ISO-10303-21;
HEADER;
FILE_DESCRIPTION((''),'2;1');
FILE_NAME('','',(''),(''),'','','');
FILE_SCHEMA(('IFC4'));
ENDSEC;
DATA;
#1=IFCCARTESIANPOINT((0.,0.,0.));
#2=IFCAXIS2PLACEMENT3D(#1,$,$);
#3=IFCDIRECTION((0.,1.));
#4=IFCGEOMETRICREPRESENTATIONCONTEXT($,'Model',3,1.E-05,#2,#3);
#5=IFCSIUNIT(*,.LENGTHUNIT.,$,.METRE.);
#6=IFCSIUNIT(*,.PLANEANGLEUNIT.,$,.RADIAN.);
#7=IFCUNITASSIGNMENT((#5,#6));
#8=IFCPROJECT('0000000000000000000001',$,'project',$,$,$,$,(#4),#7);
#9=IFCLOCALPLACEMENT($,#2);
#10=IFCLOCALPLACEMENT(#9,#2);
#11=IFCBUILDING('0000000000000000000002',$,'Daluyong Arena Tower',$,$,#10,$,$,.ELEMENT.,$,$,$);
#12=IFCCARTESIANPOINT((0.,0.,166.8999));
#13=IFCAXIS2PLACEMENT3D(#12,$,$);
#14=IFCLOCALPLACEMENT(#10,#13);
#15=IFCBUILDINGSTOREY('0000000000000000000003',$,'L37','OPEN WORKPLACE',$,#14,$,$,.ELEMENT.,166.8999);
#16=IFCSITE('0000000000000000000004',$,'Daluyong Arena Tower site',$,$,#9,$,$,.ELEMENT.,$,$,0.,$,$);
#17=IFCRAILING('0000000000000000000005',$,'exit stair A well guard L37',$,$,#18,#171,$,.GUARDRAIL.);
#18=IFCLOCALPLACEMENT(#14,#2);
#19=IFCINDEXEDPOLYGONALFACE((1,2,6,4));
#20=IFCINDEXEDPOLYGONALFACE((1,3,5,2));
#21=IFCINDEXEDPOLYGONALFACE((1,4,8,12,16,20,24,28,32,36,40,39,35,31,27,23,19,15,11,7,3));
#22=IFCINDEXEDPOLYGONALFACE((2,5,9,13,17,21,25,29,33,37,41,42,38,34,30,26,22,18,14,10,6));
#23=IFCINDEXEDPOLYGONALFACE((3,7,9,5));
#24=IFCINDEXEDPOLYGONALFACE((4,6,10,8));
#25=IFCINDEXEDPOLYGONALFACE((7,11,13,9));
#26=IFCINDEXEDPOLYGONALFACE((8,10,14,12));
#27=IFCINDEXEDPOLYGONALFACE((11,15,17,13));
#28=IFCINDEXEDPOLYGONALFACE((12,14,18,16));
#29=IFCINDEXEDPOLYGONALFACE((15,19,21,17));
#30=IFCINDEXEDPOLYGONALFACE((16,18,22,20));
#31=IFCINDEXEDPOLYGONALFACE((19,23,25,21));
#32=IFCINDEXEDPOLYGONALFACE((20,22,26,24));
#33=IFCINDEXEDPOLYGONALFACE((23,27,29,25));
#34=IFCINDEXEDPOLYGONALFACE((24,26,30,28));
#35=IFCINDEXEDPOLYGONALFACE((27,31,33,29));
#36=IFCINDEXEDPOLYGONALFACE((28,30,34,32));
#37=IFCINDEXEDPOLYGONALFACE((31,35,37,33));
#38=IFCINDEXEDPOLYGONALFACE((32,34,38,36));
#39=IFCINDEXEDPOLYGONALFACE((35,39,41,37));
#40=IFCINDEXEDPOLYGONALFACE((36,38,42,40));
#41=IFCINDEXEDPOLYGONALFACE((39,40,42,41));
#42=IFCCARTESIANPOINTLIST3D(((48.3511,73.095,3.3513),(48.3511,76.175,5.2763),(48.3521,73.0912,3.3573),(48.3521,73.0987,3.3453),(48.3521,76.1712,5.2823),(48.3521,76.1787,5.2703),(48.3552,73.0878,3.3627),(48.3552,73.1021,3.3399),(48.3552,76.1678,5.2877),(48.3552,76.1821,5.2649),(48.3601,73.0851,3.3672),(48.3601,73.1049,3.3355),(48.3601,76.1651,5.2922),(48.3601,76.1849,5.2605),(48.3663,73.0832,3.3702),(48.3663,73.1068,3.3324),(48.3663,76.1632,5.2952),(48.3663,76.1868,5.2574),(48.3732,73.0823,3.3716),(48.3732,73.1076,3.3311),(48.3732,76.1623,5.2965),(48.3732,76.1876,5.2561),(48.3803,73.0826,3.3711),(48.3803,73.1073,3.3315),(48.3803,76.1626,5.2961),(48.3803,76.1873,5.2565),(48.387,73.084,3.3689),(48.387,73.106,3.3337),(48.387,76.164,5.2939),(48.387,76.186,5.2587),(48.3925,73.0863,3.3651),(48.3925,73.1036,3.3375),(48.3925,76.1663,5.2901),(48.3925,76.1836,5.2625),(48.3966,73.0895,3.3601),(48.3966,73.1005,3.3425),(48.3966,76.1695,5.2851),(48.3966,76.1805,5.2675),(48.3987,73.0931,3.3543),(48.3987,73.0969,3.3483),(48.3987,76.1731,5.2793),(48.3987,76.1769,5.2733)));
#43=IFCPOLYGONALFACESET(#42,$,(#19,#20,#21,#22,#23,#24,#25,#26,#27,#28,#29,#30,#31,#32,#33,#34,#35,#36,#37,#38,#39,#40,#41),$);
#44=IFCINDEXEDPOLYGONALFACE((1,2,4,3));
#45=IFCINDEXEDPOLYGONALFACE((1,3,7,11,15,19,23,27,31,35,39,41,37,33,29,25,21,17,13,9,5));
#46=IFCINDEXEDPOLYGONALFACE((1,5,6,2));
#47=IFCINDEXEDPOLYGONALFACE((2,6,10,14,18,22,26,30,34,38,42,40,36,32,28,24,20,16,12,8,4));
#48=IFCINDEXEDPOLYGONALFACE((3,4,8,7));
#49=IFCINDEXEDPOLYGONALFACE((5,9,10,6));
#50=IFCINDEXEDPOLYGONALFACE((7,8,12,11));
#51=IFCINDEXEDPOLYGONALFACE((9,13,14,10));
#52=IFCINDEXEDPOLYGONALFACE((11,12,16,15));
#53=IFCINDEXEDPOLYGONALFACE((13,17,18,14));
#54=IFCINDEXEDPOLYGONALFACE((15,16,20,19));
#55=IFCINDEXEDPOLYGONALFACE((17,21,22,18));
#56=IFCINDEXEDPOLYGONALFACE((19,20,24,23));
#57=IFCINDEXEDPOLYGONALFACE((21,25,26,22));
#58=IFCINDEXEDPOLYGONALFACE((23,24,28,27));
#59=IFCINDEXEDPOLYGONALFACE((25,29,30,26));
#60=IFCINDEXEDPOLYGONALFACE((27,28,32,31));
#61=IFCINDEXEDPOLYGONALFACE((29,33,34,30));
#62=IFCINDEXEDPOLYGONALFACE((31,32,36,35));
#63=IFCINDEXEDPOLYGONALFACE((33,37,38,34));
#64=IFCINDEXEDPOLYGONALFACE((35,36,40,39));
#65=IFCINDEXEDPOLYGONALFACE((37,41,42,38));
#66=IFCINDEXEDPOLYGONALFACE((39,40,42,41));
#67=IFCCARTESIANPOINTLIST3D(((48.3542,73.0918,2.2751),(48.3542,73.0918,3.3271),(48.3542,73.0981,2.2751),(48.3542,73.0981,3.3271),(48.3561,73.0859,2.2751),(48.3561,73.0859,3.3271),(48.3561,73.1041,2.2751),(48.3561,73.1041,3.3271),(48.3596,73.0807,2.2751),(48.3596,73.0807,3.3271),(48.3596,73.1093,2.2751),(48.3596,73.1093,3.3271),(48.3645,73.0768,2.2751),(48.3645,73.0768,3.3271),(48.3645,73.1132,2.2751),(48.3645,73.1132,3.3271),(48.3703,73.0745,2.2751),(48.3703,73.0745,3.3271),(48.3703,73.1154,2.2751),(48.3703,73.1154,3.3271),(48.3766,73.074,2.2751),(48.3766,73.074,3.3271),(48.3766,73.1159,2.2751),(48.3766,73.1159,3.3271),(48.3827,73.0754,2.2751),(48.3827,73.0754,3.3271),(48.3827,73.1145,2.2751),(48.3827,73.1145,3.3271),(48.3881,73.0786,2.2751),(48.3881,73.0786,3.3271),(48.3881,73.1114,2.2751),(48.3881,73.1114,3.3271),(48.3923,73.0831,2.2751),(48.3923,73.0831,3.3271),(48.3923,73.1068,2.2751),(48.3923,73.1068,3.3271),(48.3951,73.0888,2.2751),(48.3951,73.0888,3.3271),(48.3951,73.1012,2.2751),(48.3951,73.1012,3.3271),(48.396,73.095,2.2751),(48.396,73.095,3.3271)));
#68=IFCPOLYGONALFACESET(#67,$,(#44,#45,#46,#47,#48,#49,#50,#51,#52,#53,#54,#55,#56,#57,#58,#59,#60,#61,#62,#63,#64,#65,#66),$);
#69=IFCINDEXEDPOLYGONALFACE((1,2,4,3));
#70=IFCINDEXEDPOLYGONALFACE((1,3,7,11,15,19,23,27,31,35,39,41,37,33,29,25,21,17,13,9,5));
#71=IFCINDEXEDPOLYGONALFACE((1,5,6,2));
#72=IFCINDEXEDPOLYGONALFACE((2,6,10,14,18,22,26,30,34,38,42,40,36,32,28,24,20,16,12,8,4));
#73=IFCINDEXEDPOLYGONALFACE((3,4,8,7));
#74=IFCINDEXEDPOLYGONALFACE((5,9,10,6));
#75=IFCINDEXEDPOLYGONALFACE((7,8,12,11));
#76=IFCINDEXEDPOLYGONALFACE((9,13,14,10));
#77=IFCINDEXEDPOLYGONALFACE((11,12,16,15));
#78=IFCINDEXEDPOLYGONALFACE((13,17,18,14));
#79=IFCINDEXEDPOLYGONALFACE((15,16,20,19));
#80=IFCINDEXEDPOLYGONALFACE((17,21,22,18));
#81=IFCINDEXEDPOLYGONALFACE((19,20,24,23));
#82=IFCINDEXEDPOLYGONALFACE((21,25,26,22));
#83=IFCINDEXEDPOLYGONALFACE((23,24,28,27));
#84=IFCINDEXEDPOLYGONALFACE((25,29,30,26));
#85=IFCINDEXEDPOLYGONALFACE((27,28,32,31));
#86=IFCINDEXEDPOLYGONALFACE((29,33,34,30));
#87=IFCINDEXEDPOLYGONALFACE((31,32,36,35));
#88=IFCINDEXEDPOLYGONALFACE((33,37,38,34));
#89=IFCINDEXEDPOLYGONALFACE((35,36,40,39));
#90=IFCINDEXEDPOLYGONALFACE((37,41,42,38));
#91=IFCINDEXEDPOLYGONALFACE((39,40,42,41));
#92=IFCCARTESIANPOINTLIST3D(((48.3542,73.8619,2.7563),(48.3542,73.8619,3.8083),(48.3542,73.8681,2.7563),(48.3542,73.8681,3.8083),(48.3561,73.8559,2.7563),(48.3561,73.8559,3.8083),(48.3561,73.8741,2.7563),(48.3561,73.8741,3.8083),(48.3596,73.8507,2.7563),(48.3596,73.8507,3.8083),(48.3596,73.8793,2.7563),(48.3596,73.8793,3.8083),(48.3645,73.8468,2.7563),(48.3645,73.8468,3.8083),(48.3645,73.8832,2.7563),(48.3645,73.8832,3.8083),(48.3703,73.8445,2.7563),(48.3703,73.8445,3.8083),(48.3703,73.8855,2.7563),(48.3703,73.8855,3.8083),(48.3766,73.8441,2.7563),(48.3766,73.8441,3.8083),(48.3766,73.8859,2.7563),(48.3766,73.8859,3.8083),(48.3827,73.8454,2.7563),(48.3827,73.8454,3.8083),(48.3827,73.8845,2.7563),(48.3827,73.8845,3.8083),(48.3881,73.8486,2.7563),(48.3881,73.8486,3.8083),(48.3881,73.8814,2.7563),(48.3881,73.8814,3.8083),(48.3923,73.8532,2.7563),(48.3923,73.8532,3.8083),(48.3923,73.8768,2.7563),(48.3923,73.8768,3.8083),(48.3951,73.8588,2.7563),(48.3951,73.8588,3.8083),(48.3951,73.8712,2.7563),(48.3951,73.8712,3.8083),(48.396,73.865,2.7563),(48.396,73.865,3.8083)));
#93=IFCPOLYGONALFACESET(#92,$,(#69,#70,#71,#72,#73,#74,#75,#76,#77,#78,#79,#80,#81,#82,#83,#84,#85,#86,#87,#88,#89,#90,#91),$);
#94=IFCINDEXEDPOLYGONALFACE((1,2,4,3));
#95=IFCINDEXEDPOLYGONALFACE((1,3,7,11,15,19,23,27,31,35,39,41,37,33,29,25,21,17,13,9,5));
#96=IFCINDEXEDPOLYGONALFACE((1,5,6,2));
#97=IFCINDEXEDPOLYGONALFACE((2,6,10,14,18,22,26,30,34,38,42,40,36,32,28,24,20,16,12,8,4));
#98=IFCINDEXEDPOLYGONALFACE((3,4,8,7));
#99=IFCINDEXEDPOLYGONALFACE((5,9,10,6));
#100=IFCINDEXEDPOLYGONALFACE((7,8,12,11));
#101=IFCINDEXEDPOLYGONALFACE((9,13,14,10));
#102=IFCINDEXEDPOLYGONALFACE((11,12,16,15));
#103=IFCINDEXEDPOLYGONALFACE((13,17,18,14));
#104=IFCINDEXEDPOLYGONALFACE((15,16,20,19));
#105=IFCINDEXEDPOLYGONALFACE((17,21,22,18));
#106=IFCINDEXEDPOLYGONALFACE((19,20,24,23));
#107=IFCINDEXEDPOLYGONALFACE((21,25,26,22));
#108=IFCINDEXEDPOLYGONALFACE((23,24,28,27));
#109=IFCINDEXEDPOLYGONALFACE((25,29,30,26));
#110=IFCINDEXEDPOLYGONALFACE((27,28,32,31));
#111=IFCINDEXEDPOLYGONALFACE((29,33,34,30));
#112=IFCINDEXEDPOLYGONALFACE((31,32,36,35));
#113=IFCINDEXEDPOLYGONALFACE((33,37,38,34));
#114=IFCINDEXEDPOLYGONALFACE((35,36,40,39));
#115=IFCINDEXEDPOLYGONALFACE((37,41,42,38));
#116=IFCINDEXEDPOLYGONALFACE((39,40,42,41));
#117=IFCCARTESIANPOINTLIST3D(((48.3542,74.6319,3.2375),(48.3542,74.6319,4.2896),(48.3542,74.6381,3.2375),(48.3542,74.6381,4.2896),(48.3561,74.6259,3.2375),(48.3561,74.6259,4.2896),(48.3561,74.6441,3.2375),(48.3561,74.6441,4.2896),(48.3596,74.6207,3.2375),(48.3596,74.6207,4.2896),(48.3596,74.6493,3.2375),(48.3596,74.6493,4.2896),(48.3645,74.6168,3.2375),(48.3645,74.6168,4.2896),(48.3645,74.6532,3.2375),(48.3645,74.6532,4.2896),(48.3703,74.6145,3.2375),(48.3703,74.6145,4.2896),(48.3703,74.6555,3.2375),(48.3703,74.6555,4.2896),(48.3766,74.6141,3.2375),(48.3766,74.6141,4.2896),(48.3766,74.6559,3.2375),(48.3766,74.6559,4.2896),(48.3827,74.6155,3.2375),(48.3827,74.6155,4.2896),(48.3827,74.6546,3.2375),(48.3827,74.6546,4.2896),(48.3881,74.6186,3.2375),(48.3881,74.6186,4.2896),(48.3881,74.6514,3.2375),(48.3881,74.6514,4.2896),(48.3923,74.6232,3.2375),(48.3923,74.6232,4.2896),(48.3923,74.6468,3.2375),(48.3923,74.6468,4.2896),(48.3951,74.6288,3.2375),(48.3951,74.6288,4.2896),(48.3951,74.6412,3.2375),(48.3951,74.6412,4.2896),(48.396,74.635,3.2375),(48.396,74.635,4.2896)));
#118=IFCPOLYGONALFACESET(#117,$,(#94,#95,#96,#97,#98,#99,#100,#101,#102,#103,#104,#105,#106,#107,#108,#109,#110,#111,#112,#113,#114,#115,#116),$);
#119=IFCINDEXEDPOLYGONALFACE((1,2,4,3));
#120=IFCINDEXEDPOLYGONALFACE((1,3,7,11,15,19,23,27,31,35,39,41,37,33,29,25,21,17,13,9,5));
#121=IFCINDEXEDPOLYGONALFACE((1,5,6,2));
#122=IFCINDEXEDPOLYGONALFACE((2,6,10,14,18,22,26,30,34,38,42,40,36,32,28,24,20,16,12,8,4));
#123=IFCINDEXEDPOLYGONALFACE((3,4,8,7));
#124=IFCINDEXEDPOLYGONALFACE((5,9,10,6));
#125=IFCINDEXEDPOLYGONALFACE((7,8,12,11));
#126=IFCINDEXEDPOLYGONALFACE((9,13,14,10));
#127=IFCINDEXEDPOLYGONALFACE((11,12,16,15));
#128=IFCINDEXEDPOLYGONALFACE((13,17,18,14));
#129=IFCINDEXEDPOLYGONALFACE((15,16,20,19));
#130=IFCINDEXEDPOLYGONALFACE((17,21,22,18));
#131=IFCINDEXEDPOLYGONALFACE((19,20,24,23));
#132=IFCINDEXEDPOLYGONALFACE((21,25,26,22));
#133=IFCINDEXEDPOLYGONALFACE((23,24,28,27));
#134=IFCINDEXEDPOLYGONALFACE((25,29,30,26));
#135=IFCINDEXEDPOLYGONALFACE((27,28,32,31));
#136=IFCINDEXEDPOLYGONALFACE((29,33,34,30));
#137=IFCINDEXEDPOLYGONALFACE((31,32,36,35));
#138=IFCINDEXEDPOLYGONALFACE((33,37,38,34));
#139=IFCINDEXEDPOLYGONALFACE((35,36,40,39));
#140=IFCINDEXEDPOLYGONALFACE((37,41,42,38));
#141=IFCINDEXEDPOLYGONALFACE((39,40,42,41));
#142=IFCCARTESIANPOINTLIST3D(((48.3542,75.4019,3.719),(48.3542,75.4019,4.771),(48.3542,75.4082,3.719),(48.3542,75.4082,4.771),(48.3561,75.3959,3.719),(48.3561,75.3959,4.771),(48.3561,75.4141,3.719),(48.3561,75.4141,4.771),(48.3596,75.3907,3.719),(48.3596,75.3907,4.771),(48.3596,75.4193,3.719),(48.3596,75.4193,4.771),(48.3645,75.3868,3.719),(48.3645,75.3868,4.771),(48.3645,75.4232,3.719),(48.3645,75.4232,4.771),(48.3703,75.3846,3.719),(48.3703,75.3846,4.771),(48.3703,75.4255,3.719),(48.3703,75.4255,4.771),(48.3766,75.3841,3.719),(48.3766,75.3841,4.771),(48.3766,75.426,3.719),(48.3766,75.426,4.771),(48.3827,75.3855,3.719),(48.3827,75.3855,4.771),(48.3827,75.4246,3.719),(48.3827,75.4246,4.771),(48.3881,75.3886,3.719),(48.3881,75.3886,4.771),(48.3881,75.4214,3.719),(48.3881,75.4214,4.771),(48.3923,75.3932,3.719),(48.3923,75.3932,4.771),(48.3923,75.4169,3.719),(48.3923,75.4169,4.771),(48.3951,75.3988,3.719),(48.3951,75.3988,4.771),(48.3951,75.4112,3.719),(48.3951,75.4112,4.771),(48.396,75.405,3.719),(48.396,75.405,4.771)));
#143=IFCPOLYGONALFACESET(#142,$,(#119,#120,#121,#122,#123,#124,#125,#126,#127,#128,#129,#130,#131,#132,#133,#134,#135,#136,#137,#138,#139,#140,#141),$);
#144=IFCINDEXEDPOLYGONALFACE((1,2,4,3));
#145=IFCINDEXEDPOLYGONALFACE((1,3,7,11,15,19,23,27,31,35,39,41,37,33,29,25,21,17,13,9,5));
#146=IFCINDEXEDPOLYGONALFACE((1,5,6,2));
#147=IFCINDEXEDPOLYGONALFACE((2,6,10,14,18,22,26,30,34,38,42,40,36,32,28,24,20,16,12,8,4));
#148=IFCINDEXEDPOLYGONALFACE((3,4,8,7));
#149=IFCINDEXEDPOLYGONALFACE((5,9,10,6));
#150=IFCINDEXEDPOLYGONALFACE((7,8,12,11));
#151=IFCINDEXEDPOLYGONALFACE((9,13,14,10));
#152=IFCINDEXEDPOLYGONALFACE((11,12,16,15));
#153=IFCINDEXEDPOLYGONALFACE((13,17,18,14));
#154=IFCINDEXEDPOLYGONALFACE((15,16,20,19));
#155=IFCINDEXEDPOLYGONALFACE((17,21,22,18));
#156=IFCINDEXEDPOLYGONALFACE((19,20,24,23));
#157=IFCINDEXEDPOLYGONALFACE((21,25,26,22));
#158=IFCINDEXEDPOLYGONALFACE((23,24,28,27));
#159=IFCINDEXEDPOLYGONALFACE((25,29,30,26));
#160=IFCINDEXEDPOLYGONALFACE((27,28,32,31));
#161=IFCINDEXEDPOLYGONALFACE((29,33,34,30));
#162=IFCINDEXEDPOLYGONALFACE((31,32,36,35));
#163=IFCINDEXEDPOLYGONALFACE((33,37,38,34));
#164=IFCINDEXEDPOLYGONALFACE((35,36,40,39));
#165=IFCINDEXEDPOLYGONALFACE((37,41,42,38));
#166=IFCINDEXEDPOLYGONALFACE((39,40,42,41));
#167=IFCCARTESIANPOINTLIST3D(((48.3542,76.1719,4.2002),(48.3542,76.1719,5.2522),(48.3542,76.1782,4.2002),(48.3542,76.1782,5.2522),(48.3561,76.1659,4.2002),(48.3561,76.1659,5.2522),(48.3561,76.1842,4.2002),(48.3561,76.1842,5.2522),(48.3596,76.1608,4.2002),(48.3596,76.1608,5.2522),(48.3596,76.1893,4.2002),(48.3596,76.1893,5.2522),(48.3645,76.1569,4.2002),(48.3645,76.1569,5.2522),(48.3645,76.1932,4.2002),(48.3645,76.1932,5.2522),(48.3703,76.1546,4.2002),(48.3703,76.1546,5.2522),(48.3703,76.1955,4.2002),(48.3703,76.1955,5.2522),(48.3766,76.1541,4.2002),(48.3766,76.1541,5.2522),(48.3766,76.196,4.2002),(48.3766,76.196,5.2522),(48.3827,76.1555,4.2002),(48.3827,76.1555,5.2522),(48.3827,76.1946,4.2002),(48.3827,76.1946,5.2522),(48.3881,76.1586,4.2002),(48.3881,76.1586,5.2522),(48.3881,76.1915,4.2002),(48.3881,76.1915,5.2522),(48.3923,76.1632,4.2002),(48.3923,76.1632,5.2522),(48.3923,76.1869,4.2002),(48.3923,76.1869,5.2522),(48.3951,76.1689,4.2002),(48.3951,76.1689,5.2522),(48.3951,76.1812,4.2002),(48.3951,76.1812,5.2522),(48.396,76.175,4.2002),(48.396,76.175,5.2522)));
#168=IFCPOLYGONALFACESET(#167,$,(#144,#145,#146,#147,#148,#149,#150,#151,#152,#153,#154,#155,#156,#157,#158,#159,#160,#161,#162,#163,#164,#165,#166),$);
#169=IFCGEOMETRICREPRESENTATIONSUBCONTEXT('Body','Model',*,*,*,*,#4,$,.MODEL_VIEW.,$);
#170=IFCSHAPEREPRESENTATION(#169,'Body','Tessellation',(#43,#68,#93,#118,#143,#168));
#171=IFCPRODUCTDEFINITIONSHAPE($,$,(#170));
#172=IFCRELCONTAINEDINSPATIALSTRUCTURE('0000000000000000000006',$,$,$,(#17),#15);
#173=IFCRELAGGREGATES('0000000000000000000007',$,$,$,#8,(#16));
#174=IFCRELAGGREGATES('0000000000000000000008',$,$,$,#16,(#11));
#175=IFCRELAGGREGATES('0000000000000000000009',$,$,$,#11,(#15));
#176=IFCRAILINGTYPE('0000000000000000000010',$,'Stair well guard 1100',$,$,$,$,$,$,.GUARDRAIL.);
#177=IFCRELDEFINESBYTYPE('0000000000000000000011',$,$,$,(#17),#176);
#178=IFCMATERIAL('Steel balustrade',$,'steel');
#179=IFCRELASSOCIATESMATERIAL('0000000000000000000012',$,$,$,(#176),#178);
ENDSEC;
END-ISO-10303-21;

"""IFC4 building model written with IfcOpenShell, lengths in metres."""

from ifc_helpers import new_model, si_unit, direction, frame, origin, origin_2d, place, context, subcontext, project, spatial, circle, extrude, material, type_object, element, save


model = new_model("IFC4")

# Units and contexts
model_context = context("Model", 3, precision=1e-05, world=origin(), true_north=direction((0.0, 1.0)))
body_context = subcontext(model_context, "Body", "Model", "MODEL_VIEW")
ifc_project = project(units=[si_unit("LENGTHUNIT", "METRE"), si_unit("PLANEANGLEUNIT", "RADIAN")], contexts=[model_context])

# Site, building, storey
site_placement = place(None, origin())
site = spatial("IfcSite", under=ifc_project, at=site_placement, Name="Daluyong Arena Tower site", CompositionType="ELEMENT", RefElevation=0.0)
building_placement = place(site_placement, origin())
building = spatial("IfcBuilding", under=site, at=building_placement, Name="Daluyong Arena Tower", CompositionType="ELEMENT")
storey_placement = place(building_placement, frame((0.0, 0.0, 166.8999)))
storey = spatial("IfcBuildingStorey", under=building, at=storey_placement, Name="L37", Description="OPEN WORKPLACE", CompositionType="ELEMENT", Elevation=166.8999)

# Railing
ifc_material_1 = material(Name="Steel balustrade", Category="steel")
railing_type_1 = type_object("IfcRailingType", Name="Stair well guard 1100", PredefinedType="GUARDRAIL", material=ifc_material_1)
railing_1_placement = place(storey_placement, frame((48.375, 73.095, 2.2751)))
element("IfcRailing", 1, at=railing_1_placement, inside=storey, type_object=railing_type_1, Name="exit stair A well guard L37", PredefinedType="GUARDRAIL", context=body_context, shape_type="SweptSolid", body=[
    extrude(circle(Radius=0.0239, at=origin_2d()), frame((0.0, 0.0, 1.0762), z_axis=(0.0, 0.847998, 0.529999), x_axis=(-1.0, 0.0, 0.0)), (0.0, 0.0, 1.0), 3.6321),
    extrude(circle(Radius=0.021, at=origin_2d()), origin(), (0.0, 0.0, 1.0), 1.052),
    extrude(circle(Radius=0.021, at=origin_2d()), frame((0.0, 0.77, 0.4812)), (0.0, 0.0, 1.0), 1.052),
    extrude(circle(Radius=0.021, at=origin_2d()), frame((0.0, 1.54, 0.9624)), (0.0, 0.0, 1.0), 1.052),
    extrude(circle(Radius=0.021, at=origin_2d()), frame((0.0, 2.3101, 1.4438)), (0.0, 0.0, 1.0), 1.052),
    extrude(circle(Radius=0.021, at=origin_2d()), frame((0.0, 3.0801, 1.925)), (0.0, 0.0, 1.0), 1.052),
])

save(model, "model.ifc")
